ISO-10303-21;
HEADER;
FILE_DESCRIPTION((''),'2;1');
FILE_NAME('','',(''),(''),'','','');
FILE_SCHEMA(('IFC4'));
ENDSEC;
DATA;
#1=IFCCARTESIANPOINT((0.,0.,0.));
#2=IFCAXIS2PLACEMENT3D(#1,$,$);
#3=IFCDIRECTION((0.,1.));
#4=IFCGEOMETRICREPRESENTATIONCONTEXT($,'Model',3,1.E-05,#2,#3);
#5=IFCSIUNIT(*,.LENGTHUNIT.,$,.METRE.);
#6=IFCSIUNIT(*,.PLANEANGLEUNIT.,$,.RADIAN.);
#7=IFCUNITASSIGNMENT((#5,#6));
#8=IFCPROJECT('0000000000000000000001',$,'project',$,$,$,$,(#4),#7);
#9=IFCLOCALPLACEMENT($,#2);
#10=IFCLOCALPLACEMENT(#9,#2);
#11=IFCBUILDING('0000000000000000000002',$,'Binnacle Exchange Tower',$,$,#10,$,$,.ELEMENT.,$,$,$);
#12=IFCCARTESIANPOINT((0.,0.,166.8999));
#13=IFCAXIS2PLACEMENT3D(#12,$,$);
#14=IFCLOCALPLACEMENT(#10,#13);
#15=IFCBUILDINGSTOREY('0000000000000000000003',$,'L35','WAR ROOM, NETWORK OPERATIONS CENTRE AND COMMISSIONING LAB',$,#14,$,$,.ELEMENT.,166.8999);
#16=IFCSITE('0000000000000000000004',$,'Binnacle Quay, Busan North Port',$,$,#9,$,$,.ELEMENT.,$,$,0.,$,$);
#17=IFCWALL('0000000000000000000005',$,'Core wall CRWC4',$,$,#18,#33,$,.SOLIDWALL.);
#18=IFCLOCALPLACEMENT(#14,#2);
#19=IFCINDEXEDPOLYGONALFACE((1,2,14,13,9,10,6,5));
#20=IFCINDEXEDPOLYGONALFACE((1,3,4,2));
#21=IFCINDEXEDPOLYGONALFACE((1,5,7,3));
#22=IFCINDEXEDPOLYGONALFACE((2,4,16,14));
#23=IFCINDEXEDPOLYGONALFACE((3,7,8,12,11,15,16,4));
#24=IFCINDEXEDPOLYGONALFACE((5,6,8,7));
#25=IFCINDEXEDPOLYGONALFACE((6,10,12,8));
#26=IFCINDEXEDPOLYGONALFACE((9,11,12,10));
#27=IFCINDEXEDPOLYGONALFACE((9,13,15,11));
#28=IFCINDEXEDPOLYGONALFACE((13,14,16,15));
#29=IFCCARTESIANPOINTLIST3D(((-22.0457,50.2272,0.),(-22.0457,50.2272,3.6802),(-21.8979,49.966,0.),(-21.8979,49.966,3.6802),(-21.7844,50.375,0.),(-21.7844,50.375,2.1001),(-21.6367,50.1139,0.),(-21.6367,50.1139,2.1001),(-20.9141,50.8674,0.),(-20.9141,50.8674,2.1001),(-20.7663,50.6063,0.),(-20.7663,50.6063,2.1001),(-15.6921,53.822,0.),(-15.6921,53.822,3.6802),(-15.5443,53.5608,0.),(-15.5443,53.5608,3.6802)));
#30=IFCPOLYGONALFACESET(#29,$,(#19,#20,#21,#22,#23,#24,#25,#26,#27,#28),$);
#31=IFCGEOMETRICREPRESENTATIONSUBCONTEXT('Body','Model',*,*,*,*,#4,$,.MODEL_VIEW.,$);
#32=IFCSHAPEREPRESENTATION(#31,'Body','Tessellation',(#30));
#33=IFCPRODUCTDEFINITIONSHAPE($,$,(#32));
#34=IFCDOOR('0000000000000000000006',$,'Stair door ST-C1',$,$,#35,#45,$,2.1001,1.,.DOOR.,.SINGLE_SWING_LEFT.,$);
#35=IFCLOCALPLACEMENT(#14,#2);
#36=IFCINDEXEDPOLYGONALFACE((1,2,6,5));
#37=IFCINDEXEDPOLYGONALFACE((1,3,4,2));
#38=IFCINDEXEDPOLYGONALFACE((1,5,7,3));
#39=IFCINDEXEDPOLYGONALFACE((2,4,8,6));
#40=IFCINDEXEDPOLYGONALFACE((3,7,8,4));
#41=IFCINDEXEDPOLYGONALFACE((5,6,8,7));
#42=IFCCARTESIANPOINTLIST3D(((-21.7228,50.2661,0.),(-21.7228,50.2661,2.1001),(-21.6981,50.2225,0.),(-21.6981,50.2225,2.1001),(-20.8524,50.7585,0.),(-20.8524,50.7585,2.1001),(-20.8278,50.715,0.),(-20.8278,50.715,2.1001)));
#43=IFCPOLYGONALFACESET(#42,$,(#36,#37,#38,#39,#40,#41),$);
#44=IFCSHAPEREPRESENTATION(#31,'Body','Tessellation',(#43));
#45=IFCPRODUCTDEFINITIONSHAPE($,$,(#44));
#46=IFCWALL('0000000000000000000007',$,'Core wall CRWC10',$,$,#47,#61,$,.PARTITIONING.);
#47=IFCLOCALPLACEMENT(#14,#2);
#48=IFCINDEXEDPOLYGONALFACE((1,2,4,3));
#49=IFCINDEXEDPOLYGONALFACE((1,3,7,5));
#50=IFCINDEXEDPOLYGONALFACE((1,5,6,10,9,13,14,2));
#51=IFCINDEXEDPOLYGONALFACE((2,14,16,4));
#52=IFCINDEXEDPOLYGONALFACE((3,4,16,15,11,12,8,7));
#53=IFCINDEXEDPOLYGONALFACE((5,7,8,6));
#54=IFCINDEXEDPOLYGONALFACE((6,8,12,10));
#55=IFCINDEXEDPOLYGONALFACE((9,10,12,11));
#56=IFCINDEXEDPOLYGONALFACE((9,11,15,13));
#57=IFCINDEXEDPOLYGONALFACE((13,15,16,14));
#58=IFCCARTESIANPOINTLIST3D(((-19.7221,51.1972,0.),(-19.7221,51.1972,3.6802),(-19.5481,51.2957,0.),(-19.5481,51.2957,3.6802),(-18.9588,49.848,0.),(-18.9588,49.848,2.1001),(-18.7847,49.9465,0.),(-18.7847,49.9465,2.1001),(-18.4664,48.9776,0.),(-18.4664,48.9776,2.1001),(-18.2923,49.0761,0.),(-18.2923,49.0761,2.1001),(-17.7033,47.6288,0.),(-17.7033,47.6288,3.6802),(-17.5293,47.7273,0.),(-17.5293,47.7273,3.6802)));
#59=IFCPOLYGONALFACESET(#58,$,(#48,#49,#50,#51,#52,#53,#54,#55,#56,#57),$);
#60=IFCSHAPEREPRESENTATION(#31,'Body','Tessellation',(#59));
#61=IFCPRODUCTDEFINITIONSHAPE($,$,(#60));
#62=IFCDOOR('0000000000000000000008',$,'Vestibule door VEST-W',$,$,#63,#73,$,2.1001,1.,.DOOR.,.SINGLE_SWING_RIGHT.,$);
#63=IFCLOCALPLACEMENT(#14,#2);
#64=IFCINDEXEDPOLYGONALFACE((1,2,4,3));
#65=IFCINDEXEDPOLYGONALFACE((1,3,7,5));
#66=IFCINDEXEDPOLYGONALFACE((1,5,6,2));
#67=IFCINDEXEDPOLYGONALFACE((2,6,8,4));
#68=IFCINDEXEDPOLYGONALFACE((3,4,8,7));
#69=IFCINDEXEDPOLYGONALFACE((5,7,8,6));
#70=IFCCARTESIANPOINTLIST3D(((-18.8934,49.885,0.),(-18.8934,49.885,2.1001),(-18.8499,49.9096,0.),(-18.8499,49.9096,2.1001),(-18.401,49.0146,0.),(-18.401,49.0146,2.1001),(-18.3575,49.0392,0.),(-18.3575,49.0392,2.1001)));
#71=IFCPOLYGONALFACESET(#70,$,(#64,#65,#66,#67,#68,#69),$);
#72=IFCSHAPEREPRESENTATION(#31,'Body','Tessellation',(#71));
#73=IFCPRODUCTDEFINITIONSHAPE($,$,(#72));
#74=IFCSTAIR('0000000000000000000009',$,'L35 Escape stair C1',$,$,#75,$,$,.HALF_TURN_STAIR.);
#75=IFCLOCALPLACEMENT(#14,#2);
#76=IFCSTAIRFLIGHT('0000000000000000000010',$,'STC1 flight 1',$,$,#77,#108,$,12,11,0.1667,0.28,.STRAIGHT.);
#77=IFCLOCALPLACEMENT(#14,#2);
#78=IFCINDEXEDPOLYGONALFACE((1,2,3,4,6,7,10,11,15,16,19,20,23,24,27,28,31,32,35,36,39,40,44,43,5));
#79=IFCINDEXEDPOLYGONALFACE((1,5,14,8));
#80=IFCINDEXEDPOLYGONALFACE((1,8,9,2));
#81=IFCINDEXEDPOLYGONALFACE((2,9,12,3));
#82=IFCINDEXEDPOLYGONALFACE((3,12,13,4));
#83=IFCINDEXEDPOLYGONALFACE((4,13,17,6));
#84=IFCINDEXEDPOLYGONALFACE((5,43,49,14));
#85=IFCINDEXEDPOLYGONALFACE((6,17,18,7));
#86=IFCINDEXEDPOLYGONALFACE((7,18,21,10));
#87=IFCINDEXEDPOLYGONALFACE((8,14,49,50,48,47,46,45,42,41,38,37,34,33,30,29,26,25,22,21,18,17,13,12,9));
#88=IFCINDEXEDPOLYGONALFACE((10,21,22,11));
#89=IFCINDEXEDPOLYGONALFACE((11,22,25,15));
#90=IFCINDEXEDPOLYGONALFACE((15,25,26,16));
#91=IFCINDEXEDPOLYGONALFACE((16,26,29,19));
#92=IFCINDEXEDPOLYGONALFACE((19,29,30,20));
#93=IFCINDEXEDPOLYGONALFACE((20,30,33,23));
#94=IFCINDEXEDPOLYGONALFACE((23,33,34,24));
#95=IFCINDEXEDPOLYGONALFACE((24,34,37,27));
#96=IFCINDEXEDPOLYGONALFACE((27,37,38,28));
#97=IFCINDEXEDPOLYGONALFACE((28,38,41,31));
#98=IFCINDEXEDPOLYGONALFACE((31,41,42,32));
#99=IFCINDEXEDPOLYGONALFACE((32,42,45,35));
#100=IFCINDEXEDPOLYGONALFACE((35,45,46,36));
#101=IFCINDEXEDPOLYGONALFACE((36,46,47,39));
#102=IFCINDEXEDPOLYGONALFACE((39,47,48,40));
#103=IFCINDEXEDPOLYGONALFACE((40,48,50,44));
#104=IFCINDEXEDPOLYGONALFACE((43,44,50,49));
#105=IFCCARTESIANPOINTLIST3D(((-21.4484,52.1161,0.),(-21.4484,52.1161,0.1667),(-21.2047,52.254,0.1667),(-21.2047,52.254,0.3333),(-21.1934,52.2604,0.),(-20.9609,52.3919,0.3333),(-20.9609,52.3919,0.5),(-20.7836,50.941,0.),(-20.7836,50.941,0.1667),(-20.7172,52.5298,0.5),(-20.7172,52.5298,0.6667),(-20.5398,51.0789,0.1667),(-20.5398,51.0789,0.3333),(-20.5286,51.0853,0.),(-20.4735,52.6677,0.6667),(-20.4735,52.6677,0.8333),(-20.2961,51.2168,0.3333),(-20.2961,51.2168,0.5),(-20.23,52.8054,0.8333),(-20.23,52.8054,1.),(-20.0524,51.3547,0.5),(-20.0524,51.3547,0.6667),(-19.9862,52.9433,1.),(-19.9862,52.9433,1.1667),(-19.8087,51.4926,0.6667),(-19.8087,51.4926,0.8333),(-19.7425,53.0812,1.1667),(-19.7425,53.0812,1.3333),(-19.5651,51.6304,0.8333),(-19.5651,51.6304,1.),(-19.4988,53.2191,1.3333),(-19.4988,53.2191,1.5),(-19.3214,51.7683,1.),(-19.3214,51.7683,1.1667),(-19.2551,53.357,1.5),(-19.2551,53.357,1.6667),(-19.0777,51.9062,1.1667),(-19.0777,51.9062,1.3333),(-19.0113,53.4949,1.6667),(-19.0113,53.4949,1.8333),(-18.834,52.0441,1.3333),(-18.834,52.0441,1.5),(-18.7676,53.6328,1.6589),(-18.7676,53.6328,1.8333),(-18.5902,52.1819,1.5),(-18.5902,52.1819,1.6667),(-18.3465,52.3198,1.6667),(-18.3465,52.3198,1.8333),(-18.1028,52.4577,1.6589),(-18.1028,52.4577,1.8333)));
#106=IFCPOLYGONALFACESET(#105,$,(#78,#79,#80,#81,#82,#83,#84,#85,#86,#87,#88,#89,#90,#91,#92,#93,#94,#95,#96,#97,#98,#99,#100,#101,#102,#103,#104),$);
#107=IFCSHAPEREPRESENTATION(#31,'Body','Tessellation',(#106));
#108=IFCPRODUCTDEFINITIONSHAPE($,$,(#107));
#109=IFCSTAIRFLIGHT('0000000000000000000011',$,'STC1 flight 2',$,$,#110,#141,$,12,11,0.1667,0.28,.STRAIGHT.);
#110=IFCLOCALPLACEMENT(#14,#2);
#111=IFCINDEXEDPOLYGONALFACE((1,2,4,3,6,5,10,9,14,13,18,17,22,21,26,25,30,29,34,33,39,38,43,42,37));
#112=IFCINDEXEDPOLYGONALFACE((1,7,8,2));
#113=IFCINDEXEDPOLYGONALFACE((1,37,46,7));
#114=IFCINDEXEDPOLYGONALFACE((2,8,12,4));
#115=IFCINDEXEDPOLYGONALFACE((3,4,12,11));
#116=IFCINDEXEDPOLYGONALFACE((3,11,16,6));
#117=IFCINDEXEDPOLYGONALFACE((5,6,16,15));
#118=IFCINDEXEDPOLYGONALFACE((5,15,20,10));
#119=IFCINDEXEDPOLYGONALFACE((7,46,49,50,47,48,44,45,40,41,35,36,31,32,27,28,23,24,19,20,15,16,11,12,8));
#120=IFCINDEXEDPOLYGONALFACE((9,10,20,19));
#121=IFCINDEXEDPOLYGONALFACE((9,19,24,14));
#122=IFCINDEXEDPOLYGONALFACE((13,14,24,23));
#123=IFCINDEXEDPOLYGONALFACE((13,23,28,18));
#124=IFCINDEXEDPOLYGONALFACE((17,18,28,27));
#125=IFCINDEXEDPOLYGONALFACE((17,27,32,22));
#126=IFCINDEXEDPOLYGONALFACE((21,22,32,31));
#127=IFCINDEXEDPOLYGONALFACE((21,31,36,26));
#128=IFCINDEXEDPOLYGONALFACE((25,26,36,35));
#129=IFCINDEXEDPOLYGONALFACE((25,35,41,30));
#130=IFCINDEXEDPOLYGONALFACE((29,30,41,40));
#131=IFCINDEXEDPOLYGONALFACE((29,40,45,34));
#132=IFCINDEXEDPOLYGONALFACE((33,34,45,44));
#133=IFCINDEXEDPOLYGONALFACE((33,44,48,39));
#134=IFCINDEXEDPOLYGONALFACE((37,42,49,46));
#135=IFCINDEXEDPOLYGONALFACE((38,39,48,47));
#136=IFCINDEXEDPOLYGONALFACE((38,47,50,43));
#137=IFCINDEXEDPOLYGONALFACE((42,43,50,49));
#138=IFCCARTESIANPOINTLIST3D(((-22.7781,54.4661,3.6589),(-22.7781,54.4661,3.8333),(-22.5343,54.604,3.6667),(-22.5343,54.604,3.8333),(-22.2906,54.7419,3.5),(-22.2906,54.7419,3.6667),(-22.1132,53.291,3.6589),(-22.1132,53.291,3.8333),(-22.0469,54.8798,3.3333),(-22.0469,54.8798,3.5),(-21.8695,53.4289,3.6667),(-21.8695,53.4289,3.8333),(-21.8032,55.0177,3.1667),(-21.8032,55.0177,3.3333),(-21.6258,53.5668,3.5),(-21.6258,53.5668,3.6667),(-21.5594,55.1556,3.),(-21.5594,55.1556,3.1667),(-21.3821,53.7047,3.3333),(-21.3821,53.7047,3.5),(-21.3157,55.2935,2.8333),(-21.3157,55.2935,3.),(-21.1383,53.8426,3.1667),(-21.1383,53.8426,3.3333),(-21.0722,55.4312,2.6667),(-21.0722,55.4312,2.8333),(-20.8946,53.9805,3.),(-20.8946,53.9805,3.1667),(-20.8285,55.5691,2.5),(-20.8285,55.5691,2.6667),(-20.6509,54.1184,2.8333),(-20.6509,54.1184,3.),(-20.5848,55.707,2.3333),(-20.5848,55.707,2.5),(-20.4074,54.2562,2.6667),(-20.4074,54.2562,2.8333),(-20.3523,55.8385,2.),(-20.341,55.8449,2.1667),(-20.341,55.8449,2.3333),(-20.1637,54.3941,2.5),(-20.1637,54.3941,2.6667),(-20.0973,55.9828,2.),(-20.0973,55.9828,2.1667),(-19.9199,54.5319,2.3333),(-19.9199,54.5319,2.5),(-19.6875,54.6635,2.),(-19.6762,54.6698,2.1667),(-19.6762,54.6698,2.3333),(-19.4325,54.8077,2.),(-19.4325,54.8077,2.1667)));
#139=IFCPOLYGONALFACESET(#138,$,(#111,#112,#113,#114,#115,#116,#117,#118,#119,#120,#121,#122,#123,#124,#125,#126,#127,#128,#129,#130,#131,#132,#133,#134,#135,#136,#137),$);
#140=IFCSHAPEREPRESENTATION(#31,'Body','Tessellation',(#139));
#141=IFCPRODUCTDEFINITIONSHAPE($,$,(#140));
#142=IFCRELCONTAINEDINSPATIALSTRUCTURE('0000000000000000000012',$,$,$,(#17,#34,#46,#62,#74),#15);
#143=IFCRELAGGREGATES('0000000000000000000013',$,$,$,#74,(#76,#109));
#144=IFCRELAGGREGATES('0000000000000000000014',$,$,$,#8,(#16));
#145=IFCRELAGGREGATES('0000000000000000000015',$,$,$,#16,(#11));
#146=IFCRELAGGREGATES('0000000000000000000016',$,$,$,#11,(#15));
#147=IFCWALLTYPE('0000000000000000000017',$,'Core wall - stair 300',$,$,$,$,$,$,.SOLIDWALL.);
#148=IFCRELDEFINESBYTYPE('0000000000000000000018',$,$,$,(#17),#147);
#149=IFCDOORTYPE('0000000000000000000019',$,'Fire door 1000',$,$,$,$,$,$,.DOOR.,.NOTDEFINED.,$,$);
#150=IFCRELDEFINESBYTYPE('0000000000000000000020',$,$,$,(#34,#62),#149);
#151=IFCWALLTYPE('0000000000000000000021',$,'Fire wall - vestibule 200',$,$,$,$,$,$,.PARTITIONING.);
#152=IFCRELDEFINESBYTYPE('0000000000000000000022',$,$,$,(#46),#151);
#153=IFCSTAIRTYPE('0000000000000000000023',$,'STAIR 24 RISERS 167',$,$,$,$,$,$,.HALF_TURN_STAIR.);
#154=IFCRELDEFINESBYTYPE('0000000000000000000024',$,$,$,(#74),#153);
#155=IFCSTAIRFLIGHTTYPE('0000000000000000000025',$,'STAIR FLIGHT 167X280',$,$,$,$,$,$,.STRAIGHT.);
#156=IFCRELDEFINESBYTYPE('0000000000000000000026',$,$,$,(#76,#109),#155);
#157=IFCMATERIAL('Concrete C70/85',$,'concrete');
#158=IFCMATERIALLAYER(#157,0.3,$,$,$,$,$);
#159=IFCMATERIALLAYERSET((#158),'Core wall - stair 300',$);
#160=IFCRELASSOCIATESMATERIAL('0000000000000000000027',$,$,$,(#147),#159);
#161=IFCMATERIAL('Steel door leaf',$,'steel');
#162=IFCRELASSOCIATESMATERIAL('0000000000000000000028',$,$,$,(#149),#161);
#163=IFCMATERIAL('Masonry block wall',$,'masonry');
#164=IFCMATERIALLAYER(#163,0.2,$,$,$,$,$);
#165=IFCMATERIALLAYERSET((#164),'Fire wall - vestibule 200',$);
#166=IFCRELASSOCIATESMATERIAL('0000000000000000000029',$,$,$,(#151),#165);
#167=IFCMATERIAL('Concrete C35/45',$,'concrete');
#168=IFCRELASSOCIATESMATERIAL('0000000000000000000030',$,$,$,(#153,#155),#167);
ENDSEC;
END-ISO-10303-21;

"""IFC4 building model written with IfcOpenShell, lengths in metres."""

from ifc_helpers import new_model, si_unit, direction, frame, frame_2d, origin, place, context, subcontext, project, spatial, polyline, rectangle, outline, extrude, material, layer, layer_set, type_object, element, fill, aggregate, save


model = new_model("IFC4")

# Units and contexts
model_context = context("Model", 3, precision=1e-05, world=origin(), true_north=direction((0.0, 1.0)))
body_context = subcontext(model_context, "Body", "Model", "MODEL_VIEW")
ifc_project = project(units=[si_unit("LENGTHUNIT", "METRE"), si_unit("PLANEANGLEUNIT", "RADIAN")], contexts=[model_context])

# Site, building, storey
site_placement = place(None, origin())
site = spatial("IfcSite", under=ifc_project, at=site_placement, Name="Binnacle Quay, Busan North Port", CompositionType="ELEMENT", RefElevation=0.0)
building_placement = place(site_placement, origin())
building = spatial("IfcBuilding", under=site, at=building_placement, Name="Binnacle Exchange Tower", CompositionType="ELEMENT")
storey_placement = place(building_placement, frame((0.0, 0.0, 166.8999)))
storey = spatial("IfcBuildingStorey", under=building, at=storey_placement, Name="L35", Description="WAR ROOM, NETWORK OPERATIONS CENTRE AND COMMISSIONING LAB", CompositionType="ELEMENT", Elevation=166.8999)

# Shared definitions
ifc_material_1 = material(Name="Concrete C70/85", Category="concrete")

# Walls, openings, doors
ifc_layer_1 = layer(ifc_material_1, 0.3)
ifc_layer_set_1 = layer_set([ifc_layer_1], Name="Core wall - stair 300")
wall_type_1 = type_object("IfcWallType", Name="Core wall - stair 300", PredefinedType="SOLIDWALL", material=ifc_layer_set_1)
wall_1_placement = place(storey_placement, frame((-21.9717, 50.0967, 0.0), z_axis=(0.0, 0.0, 1.0), x_axis=(0.870351, 0.492432, 0.0)))
wall_1 = element("IfcWall", 1, at=wall_1_placement, inside=storey, type_object=wall_type_1, Name="Core wall CRWC4", PredefinedType="SOLIDWALL", context=body_context, shape_type="SweptSolid", body=[
    extrude(rectangle(XDim=7.3, YDim=0.3, at=frame_2d((3.6499, 0.0))), origin(), (0.0, 0.0, 1.0), 3.6802),
])
opening_1_placement = place(wall_1_placement, frame((0.3, 0.0, 0.0)))
opening_1 = element("IfcOpeningElement", 2, at=opening_1_placement, cuts=wall_1, PredefinedType="OPENING", context=body_context, shape_type="SweptSolid", body=[
    extrude(rectangle(XDim=1.0, YDim=2.1001, at=frame_2d((0.5, 1.05))), frame((0.0, 0.1599, 0.0), z_axis=(0.0, -1.0, 0.0), x_axis=(1.0, 0.0, 0.0)), (0.0, 0.0, 1.0), 0.3201),
])
ifc_material_2 = material(Name="Steel door leaf", Category="steel")
door_type = type_object("IfcDoorType", Name="Fire door 1000", OperationType="NOTDEFINED", PredefinedType="DOOR", material=ifc_material_2)
door_1_placement = place(opening_1_placement, origin())
door_1 = element("IfcDoor", 3, at=door_1_placement, inside=storey, type_object=door_type, Name="Stair door ST-C1", OperationType="SINGLE_SWING_LEFT", OverallHeight=2.1001, OverallWidth=1.0, PredefinedType="DOOR", context=body_context, shape_type="SweptSolid", body=[
    extrude(rectangle(XDim=1.0, YDim=2.1001, at=frame_2d((0.5, 1.05))), frame((0.0, 0.0249, 0.0), z_axis=(0.0, -1.0, 0.0), x_axis=(1.0, 0.0, 0.0)), (0.0, 0.0, 1.0), 0.05),
])
fill(opening_1, door_1)
ifc_material_3 = material(Name="Masonry block wall", Category="masonry")
ifc_layer_2 = layer(ifc_material_3, 0.2)
ifc_layer_set_2 = layer_set([ifc_layer_2], Name="Fire wall - vestibule 200")
wall_type_2 = type_object("IfcWallType", Name="Fire wall - vestibule 200", PredefinedType="PARTITIONING", material=ifc_layer_set_2)
wall_2_placement = place(storey_placement, frame((-19.635, 51.2463, 0.0), z_axis=(0.0, 0.0, 1.0), x_axis=(0.492408, -0.870364, 0.0)))
wall_2 = element("IfcWall", 4, at=wall_2_placement, inside=storey, type_object=wall_type_2, Name="Core wall CRWC10", PredefinedType="PARTITIONING", context=body_context, shape_type="SweptSolid", body=[
    extrude(rectangle(XDim=4.0999, YDim=0.2, at=frame_2d((2.0498, 0.0))), origin(), (0.0, 0.0, 1.0), 3.6802),
])
opening_2_placement = place(wall_2_placement, frame((1.55, 0.0, 0.0)))
opening_2 = element("IfcOpeningElement", 5, at=opening_2_placement, cuts=wall_2, PredefinedType="OPENING", context=body_context, shape_type="SweptSolid", body=[
    extrude(rectangle(XDim=1.0, YDim=2.1001, at=frame_2d((0.5, 1.05))), frame((0.0, 0.1099, 0.0), z_axis=(0.0, -1.0, 0.0), x_axis=(1.0, 0.0, 0.0)), (0.0, 0.0, 1.0), 0.22),
])
door_2_placement = place(opening_2_placement, frame((1.0, 0.0, 0.0), z_axis=(0.0, 0.0, 1.0), x_axis=(-1.0, 0.0, 0.0)))
door_2 = element("IfcDoor", 6, at=door_2_placement, inside=storey, type_object=door_type, Name="Vestibule door VEST-W", OperationType="SINGLE_SWING_RIGHT", OverallHeight=2.1001, OverallWidth=1.0, PredefinedType="DOOR", context=body_context, shape_type="SweptSolid", body=[
    extrude(rectangle(XDim=1.0, YDim=2.1001, at=frame_2d((0.5, 1.05))), frame((0.0, 0.0249, 0.0), z_axis=(0.0, -1.0, 0.0), x_axis=(1.0, 0.0, 0.0)), (0.0, 0.0, 1.0), 0.05),
])
fill(opening_2, door_2)

# Stair, stair flights
ifc_material_4 = material(Name="Concrete C35/45", Category="concrete")
stair_type = type_object("IfcStairType", Name="STAIR 24 RISERS 167", PredefinedType="HALF_TURN_STAIR", material=ifc_material_4)
stair_placement = place(storey_placement, origin())
stair = element("IfcStair", 7, at=stair_placement, inside=storey, type_object=stair_type, Name="L35 Escape stair C1", PredefinedType="HALF_TURN_STAIR")
stair_flight_type = type_object("IfcStairFlightType", Name="STAIR FLIGHT 167X280", PredefinedType="STRAIGHT", material=ifc_material_4)
stair_flight_1_placement = place(storey_placement, frame((-21.116, 51.5286, 0.0), z_axis=(0.0, 0.0, 1.0), x_axis=(0.870356, 0.492424, 0.0)))
stair_flight_1 = element("IfcStairFlight", 8, at=stair_flight_1_placement, type_object=stair_flight_type, Name="STC1 flight 1", NumberOfRisers=12, NumberOfTreads=11, PredefinedType="STRAIGHT", RiserHeight=0.1667, TreadLength=0.28, context=body_context, shape_type="SweptSolid", body=[
    extrude(outline(polyline([(0.0, 0.0), (0.0, 0.1667), (0.28, 0.1667), (0.28, 0.3333), (0.5601, 0.3333), (0.5601, 0.5), (0.8401, 0.5), (0.8401, 0.6667), (1.1201, 0.6667), (1.1201, 0.8333), (1.3999, 0.8333), (1.3999, 1.0), (1.6799, 1.0), (1.6799, 1.1667), (1.96, 1.1667), (1.96, 1.3333), (2.24, 1.3333), (2.24, 1.5), (2.52, 1.5), (2.52, 1.6667), (2.8, 1.6667), (2.8, 1.8333), (3.0801, 1.8333), (3.0801, 2.0), (3.0801, 1.6589), (0.293, 0.0), (0.0, 0.0)])), frame((0.0, 0.675, 0.0), z_axis=(0.0, -1.0, 0.0), x_axis=(1.0, 0.0, 0.0)), (0.0, 0.0, 1.0), 1.3501),
])
stair_flight_2_placement = place(storey_placement, frame((-19.7649, 55.3953, 2.0), z_axis=(0.0, 0.0, 1.0), x_axis=(-0.870356, -0.492424, 0.0)))
stair_flight_2 = element("IfcStairFlight", 9, at=stair_flight_2_placement, type_object=stair_flight_type, Name="STC1 flight 2", NumberOfRisers=12, NumberOfTreads=11, PredefinedType="STRAIGHT", RiserHeight=0.1667, TreadLength=0.28, context=body_context, shape_type="SweptSolid", body=[
    extrude(outline(polyline([(0.0, 0.0), (0.0, 0.1667), (0.28, 0.1667), (0.28, 0.3333), (0.5601, 0.3333), (0.5601, 0.5), (0.8401, 0.5), (0.8401, 0.6667), (1.1201, 0.6667), (1.1201, 0.8333), (1.3999, 0.8333), (1.3999, 1.0), (1.6799, 1.0), (1.6799, 1.1667), (1.96, 1.1667), (1.96, 1.3333), (2.24, 1.3333), (2.24, 1.5), (2.52, 1.5), (2.52, 1.6667), (2.8, 1.6667), (2.8, 1.8333), (3.0801, 1.8333), (3.0801, 2.0), (3.0801, 1.6589), (0.293, 0.0), (0.0, 0.0)])), frame((0.0, 0.675, 0.0), z_axis=(0.0, -1.0, 0.0), x_axis=(1.0, 0.0, 0.0)), (0.0, 0.0, 1.0), 1.3501),
])
aggregate(stair, [stair_flight_1, stair_flight_2])

save(model, "model.ifc")
